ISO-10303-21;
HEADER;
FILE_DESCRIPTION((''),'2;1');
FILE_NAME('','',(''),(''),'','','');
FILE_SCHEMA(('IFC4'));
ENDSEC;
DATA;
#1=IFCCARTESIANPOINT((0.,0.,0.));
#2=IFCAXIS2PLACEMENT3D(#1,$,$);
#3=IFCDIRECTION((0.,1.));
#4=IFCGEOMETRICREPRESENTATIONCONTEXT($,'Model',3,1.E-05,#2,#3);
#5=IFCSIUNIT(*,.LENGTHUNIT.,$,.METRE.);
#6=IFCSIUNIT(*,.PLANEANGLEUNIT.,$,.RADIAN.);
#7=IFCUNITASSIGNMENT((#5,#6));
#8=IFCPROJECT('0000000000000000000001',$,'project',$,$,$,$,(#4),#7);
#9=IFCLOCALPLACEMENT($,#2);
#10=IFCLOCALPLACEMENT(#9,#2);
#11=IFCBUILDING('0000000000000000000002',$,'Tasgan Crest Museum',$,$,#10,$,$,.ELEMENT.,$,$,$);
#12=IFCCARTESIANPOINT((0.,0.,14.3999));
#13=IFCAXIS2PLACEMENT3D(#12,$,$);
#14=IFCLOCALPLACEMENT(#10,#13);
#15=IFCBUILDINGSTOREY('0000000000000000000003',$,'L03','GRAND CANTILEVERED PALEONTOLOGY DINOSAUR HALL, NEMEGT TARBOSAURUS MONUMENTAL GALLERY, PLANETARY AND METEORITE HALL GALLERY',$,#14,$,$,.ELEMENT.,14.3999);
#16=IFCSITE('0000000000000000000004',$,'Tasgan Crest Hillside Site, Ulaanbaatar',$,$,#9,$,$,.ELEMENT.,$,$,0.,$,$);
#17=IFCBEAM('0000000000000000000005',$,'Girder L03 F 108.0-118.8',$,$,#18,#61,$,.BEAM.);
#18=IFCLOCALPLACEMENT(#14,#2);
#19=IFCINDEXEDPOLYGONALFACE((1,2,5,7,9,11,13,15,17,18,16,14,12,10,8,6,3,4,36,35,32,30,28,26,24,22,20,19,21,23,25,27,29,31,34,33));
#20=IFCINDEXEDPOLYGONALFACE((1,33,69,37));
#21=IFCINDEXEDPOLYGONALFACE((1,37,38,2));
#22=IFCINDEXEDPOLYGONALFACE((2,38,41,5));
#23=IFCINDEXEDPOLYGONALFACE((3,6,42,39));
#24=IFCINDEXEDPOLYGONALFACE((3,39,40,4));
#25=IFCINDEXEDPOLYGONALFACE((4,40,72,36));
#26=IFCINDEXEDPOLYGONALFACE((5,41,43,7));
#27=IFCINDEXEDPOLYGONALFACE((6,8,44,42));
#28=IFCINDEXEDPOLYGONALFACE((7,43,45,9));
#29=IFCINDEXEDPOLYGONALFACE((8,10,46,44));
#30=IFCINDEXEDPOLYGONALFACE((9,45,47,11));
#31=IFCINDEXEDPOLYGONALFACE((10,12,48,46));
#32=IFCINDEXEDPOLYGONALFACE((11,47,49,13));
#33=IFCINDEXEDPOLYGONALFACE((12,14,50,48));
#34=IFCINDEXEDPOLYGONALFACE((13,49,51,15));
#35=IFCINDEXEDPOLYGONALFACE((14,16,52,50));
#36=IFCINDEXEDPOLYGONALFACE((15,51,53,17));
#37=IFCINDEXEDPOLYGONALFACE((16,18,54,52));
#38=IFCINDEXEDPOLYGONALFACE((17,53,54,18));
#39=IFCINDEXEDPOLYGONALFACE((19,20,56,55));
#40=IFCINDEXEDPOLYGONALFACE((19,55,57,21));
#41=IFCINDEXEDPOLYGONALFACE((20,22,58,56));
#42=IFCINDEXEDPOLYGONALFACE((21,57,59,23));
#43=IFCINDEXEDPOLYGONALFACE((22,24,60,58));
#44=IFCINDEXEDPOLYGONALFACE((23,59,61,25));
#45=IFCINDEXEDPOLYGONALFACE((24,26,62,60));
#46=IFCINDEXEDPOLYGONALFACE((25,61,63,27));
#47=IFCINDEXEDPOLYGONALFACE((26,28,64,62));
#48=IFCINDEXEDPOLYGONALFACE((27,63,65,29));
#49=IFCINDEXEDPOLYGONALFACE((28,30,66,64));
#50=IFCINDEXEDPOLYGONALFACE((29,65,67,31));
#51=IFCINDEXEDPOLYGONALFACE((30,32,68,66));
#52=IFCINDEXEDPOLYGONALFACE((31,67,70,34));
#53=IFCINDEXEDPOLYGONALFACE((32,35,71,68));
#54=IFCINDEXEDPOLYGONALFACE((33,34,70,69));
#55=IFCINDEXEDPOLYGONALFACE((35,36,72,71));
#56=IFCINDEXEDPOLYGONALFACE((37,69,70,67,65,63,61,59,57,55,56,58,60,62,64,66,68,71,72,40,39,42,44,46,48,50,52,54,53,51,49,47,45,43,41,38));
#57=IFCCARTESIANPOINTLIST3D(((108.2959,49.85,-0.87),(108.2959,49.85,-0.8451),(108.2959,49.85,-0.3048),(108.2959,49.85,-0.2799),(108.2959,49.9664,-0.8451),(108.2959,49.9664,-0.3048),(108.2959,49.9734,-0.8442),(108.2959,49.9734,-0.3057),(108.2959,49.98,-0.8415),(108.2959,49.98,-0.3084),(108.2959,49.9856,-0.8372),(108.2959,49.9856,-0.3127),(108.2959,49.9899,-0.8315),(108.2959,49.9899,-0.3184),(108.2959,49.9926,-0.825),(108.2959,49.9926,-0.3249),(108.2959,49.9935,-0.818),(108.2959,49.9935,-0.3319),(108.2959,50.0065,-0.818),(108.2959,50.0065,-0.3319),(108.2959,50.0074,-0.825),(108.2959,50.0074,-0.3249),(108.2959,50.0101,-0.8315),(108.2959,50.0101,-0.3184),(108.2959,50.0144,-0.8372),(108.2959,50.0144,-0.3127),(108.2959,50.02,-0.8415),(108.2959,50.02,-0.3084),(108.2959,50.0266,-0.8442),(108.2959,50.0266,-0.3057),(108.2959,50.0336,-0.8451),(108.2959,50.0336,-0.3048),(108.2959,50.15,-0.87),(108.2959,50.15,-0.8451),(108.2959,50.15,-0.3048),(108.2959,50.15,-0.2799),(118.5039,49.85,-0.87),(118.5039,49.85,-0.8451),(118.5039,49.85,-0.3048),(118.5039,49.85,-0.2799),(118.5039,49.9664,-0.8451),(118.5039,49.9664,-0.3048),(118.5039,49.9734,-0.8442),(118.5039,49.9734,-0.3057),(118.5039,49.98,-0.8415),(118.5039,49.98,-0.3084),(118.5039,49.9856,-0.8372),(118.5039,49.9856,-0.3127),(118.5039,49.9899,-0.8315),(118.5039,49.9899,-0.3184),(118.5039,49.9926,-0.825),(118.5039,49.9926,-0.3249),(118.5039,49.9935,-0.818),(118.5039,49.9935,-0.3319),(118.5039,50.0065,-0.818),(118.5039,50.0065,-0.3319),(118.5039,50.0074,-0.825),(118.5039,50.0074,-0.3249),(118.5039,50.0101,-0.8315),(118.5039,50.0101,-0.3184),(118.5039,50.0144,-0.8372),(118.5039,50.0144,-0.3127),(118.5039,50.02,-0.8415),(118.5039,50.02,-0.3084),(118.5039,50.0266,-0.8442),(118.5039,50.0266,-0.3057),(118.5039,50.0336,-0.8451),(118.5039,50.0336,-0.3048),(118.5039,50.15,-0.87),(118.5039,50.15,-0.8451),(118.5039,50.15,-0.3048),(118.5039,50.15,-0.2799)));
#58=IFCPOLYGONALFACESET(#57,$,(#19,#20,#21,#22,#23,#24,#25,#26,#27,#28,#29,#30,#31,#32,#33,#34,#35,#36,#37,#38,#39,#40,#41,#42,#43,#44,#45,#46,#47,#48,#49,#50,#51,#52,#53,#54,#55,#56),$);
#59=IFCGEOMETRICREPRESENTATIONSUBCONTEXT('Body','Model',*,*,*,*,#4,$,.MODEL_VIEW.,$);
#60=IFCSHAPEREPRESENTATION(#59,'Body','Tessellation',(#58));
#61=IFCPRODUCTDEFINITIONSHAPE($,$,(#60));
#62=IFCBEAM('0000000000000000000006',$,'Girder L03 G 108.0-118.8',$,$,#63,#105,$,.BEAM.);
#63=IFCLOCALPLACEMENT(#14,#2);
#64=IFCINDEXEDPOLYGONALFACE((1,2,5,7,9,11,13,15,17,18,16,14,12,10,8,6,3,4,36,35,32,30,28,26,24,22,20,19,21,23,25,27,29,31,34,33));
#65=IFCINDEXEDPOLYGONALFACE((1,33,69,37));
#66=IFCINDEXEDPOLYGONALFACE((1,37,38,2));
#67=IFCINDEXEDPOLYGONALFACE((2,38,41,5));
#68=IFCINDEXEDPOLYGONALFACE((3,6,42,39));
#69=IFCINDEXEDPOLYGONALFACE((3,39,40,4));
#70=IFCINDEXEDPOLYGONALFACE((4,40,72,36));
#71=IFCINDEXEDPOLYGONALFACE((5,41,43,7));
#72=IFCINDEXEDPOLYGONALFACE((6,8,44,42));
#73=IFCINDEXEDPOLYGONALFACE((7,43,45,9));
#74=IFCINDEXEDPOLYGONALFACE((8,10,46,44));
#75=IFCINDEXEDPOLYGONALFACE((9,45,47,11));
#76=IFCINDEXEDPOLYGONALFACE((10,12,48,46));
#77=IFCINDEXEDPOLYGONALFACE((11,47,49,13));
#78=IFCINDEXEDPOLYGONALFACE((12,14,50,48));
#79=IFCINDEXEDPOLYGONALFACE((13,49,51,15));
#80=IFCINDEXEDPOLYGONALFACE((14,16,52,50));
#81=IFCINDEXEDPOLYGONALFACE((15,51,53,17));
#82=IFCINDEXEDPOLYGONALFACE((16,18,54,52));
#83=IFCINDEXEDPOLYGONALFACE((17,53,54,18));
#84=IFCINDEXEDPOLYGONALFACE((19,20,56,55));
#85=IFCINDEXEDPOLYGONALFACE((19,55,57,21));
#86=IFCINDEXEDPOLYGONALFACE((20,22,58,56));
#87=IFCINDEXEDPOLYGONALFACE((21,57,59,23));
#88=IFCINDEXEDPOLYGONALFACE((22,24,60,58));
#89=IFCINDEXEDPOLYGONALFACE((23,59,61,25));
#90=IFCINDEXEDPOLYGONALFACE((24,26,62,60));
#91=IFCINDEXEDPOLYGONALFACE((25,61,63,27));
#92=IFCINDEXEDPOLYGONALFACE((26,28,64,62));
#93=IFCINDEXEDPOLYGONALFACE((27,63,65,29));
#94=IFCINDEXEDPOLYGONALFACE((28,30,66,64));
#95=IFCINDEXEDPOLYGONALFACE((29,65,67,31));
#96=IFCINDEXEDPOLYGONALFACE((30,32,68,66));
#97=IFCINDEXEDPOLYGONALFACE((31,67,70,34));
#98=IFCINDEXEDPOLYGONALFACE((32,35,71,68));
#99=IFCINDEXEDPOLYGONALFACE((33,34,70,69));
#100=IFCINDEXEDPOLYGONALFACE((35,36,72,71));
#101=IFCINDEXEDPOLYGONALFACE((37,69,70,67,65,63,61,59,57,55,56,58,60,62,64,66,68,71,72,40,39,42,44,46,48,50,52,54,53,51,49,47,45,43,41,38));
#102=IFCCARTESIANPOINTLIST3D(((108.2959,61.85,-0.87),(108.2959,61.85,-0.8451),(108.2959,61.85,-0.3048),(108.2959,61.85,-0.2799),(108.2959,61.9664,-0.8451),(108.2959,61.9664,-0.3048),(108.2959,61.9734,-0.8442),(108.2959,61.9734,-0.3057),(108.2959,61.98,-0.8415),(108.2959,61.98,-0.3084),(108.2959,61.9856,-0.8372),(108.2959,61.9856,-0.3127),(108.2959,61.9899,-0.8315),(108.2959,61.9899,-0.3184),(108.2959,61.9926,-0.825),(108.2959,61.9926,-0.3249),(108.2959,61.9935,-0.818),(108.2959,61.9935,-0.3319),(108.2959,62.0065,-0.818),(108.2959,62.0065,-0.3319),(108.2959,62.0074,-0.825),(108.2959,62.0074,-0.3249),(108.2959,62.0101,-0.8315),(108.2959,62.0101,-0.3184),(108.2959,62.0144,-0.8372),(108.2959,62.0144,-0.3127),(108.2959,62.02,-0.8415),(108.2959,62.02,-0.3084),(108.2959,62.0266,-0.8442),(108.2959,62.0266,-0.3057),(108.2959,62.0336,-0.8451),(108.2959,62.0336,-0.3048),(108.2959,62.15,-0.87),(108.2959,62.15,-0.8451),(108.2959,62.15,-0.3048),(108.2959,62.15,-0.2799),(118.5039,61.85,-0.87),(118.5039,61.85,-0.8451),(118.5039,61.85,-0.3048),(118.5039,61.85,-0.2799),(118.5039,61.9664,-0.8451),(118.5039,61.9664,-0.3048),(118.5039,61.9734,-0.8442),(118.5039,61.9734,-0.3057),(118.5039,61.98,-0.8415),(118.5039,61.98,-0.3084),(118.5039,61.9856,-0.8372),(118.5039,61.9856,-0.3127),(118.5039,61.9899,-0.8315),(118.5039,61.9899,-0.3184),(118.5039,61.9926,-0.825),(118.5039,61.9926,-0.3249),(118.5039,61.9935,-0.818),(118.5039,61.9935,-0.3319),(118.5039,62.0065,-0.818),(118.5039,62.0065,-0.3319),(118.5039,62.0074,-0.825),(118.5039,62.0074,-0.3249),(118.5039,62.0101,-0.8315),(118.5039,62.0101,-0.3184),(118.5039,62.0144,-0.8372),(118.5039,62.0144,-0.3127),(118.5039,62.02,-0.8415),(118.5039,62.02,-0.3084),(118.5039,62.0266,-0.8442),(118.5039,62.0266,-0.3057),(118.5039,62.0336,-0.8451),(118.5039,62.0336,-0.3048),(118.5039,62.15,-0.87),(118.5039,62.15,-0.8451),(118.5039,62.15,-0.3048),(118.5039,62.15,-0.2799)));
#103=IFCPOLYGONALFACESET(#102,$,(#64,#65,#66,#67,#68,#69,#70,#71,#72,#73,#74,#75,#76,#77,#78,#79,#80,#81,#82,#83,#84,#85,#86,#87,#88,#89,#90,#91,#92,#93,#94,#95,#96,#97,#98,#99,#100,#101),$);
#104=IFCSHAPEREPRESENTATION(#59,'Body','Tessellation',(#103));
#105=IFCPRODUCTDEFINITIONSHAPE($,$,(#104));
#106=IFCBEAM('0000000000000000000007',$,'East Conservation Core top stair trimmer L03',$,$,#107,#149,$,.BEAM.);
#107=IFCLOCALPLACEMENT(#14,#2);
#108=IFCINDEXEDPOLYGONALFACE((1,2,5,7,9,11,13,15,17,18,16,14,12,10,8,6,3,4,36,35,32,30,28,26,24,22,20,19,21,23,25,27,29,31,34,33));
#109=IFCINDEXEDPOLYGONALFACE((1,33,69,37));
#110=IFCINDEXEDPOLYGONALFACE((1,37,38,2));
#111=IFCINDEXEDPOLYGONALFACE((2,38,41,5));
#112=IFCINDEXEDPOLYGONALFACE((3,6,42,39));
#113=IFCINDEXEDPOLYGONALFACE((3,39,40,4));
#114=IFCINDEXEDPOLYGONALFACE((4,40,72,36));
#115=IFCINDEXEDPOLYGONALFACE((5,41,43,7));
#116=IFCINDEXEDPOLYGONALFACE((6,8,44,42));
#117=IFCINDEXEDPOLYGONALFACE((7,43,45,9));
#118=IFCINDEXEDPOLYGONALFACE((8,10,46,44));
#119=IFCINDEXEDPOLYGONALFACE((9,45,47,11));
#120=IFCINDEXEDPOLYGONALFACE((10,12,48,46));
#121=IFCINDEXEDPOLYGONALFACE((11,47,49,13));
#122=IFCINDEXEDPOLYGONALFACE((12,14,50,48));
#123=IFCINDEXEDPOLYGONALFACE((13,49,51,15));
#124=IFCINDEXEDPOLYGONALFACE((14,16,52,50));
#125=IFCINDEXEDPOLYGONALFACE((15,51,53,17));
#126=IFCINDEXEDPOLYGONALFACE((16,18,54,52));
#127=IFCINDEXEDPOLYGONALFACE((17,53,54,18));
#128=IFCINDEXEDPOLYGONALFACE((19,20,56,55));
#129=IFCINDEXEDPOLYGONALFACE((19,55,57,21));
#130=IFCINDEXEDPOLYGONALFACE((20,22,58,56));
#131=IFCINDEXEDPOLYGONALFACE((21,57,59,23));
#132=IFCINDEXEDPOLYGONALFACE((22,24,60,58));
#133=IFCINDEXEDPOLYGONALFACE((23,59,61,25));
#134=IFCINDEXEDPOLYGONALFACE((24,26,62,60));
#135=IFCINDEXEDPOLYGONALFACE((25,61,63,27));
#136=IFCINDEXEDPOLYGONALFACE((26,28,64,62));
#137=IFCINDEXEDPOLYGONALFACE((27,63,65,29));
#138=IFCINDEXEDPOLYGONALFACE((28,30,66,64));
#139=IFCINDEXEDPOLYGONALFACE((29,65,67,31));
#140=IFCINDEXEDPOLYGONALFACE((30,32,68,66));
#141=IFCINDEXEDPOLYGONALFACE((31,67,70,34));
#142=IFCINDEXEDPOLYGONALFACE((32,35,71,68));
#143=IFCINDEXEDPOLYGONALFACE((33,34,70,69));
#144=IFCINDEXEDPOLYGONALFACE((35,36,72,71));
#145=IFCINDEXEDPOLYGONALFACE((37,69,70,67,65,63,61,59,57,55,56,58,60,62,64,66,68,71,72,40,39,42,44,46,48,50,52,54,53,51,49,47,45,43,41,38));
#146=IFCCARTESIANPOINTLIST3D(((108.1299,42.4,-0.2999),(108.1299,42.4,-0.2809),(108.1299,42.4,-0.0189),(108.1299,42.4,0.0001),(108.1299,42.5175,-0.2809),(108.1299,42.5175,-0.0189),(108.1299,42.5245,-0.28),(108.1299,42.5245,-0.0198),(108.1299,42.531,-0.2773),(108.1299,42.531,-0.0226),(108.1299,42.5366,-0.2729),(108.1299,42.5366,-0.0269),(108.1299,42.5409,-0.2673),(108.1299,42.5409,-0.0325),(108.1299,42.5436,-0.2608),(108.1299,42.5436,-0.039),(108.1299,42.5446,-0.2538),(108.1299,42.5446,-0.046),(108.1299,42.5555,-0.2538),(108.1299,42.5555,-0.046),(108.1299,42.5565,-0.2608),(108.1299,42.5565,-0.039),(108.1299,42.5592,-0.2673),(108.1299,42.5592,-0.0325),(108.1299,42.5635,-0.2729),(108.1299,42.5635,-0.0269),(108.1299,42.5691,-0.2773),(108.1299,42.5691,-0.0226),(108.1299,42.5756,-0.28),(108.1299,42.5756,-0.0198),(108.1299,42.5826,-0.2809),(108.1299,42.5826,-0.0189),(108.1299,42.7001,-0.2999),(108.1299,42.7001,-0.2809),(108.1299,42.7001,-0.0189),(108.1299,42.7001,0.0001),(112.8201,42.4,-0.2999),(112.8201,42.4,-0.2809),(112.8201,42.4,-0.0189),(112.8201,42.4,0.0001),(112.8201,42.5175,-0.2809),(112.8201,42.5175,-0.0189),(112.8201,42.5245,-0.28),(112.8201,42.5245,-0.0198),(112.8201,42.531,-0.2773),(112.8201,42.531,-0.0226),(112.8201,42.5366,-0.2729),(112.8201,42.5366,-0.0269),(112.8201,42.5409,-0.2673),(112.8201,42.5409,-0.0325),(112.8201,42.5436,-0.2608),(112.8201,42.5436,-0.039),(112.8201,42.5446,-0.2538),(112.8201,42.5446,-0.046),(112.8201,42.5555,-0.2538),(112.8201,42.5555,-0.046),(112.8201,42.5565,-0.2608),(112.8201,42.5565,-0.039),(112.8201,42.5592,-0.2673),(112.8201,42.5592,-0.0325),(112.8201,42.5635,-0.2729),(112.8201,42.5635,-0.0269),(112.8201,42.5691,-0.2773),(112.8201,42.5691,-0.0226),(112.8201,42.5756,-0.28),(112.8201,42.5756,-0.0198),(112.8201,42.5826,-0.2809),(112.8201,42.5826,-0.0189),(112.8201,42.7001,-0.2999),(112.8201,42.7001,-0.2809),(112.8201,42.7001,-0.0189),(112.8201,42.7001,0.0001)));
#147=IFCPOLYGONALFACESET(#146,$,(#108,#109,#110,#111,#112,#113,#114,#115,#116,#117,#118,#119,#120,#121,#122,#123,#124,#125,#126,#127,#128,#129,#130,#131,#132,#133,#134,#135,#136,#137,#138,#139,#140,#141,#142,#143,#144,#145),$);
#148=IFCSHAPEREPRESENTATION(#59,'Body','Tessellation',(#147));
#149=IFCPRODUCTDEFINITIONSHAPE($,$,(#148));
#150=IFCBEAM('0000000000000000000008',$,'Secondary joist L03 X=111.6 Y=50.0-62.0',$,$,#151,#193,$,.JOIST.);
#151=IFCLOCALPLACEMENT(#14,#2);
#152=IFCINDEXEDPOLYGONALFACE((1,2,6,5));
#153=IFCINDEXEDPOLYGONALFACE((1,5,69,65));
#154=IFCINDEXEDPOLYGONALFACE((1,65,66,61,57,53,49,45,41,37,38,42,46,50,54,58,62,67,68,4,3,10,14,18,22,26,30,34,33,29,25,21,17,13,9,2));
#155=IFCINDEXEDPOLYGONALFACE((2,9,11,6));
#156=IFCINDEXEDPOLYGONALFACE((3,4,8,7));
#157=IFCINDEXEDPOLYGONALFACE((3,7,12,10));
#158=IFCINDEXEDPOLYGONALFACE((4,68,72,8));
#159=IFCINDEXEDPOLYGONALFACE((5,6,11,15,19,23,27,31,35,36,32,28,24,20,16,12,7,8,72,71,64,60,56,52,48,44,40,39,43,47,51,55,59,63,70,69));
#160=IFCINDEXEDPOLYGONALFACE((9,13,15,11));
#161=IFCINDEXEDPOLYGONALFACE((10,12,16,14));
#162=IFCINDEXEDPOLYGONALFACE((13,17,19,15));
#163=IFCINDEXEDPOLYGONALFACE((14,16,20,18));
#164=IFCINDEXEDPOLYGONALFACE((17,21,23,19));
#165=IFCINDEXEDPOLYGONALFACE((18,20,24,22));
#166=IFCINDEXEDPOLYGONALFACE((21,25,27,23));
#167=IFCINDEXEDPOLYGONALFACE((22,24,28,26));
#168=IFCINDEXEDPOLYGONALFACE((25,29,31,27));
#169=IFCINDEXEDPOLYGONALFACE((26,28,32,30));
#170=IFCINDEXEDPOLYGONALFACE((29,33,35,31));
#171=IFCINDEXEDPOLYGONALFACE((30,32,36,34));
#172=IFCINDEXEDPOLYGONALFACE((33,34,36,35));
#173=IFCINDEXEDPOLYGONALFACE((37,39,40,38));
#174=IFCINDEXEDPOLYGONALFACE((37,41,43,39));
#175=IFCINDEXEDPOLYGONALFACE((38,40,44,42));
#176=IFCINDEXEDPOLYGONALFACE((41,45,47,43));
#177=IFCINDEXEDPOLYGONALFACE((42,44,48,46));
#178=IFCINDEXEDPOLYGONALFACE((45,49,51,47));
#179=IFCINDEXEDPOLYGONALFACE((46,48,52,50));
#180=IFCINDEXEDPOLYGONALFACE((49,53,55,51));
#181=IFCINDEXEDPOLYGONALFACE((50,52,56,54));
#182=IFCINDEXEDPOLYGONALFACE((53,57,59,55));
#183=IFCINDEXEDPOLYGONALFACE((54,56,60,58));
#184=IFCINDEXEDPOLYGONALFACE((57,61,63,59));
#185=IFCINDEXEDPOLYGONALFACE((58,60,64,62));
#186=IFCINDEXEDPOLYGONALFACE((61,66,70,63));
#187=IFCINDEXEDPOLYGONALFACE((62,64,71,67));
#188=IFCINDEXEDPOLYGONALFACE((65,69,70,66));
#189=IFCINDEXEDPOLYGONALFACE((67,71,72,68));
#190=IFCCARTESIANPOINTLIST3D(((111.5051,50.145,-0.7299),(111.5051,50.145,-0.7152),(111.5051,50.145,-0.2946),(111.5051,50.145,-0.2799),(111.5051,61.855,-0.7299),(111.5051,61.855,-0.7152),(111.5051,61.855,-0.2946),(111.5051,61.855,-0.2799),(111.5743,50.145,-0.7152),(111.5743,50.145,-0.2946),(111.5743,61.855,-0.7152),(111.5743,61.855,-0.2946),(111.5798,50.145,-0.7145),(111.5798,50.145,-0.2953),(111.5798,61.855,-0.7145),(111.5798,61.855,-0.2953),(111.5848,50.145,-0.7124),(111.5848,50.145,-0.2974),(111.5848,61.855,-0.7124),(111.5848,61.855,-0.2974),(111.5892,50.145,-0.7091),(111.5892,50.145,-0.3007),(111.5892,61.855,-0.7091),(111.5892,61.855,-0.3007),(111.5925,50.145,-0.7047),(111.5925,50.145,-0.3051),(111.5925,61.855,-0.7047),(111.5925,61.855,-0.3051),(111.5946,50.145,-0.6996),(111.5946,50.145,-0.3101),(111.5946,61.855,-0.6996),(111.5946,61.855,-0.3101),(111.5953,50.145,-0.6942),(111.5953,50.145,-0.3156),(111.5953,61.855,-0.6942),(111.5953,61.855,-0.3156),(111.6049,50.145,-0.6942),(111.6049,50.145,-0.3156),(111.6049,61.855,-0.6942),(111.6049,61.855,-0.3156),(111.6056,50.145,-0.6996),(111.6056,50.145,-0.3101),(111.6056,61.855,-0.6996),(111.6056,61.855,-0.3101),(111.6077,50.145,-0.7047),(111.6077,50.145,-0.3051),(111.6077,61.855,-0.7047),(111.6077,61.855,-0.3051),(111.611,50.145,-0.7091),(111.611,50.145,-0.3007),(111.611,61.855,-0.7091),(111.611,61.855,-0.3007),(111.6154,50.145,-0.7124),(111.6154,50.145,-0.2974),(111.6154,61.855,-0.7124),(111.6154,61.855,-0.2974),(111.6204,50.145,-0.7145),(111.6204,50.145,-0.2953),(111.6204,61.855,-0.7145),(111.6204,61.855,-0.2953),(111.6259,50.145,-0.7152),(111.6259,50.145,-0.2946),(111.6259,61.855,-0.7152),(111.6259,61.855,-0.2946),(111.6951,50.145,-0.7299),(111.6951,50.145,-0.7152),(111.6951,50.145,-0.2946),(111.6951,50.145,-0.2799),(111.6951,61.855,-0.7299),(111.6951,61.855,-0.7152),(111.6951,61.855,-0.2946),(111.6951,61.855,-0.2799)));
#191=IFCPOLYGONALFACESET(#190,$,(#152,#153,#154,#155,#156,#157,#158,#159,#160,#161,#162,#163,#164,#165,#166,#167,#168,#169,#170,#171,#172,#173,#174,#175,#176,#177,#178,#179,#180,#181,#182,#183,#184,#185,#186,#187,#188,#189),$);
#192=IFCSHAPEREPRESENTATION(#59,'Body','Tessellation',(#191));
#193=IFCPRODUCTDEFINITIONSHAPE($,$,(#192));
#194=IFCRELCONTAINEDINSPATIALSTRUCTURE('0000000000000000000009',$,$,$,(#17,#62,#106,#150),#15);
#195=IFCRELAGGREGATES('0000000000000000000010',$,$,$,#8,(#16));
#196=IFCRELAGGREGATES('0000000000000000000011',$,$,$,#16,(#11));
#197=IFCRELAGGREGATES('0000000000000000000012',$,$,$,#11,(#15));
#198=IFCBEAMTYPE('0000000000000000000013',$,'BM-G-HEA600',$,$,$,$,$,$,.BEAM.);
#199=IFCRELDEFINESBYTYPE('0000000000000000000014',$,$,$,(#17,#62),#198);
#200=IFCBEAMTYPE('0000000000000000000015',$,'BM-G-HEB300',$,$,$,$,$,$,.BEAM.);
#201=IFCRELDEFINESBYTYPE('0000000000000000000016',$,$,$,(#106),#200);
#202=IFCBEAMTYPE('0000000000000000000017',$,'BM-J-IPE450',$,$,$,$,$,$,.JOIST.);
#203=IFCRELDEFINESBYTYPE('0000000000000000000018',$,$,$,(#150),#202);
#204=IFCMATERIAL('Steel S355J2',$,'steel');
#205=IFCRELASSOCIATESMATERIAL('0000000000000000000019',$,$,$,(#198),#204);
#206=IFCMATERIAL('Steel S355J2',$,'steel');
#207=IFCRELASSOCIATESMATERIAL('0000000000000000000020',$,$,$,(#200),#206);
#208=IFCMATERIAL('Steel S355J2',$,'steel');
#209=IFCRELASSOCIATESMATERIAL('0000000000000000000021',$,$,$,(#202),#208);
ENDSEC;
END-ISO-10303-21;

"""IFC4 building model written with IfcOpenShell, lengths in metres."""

from ifc_helpers import new_model, si_unit, direction, frame, origin, origin_2d, place, context, subcontext, project, spatial, i_section, extrude, material, material_profile, profile_set, type_object, element, save


model = new_model("IFC4")

# Units and contexts
model_context = context("Model", 3, precision=1e-05, world=origin(), true_north=direction((0.0, 1.0)))
body_context = subcontext(model_context, "Body", "Model", "MODEL_VIEW")
ifc_project = project(units=[si_unit("LENGTHUNIT", "METRE"), si_unit("PLANEANGLEUNIT", "RADIAN")], contexts=[model_context])

# Site, building, storey
site_placement = place(None, origin())
site = spatial("IfcSite", under=ifc_project, at=site_placement, Name="Tasgan Crest Hillside Site, Ulaanbaatar", CompositionType="ELEMENT", RefElevation=0.0)
building_placement = place(site_placement, origin())
building = spatial("IfcBuilding", under=site, at=building_placement, Name="Tasgan Crest Museum", CompositionType="ELEMENT")
storey_placement = place(building_placement, frame((0.0, 0.0, 14.3999)))
storey = spatial("IfcBuildingStorey", under=building, at=storey_placement, Name="L03", Description="GRAND CANTILEVERED PALEONTOLOGY DINOSAUR HALL, NEMEGT TARBOSAURUS MONUMENTAL GALLERY, PLANETARY AND METEORITE HALL GALLERY", CompositionType="ELEMENT", Elevation=14.3999)

# Beams
ifc_material_1 = material(Name="Steel S355J2", Category="steel")
ifc_material_profile_1 = material_profile(ifc_material_1, i_section(OverallWidth=0.3, OverallDepth=0.5901, WebThickness=0.0129, FlangeThickness=0.0249, FilletRadius=0.0271, at=origin_2d()), Name="HEA 600")
ifc_profile_set_1 = profile_set([ifc_material_profile_1], Name="Steel S355J2")
beam_type_1 = type_object("IfcBeamType", Name="BM-G-HEA600", PredefinedType="BEAM", material=ifc_profile_set_1)
for number, where, z_axis, x_axis, name in (
    (1, (108.2959, 50.0, -0.575), (1.0, 0.0, 0.0), (0.0, 1.0, 0.0), "Girder L03 F 108.0-118.8"),
    (2, (108.2959, 62.0, -0.575), (1.0, 0.0, 0.0), (0.0, 1.0, 0.0), "Girder L03 G 108.0-118.8"),
):
    element("IfcBeam", number, at=place(storey_placement, frame(where, z_axis=z_axis, x_axis=x_axis)), inside=storey, type_object=beam_type_1, Name=name, PredefinedType="BEAM", context=body_context, shape_type="SweptSolid", body=[
        extrude(i_section(OverallWidth=0.3, OverallDepth=0.5901, WebThickness=0.0129, FlangeThickness=0.0249, FilletRadius=0.0271, at=origin_2d()), origin(), (0.0, 0.0, 1.0), 10.208),
    ])
ifc_material_2 = material(Name="Steel S355J2", Category="steel")
ifc_material_profile_2 = material_profile(ifc_material_2, i_section(OverallWidth=0.3, OverallDepth=0.3, WebThickness=0.011, FlangeThickness=0.019, FilletRadius=0.0271, at=origin_2d()), Name="HEB 300")
ifc_profile_set_2 = profile_set([ifc_material_profile_2], Name="Steel S355J2")
beam_type_2 = type_object("IfcBeamType", Name="BM-G-HEB300", PredefinedType="BEAM", material=ifc_profile_set_2)
beam_1_placement = place(storey_placement, frame((108.1299, 42.55, -0.1499), z_axis=(1.0, 0.0, 0.0), x_axis=(0.0, 1.0, 0.0)))
element("IfcBeam", 3, at=beam_1_placement, inside=storey, type_object=beam_type_2, Name="East Conservation Core top stair trimmer L03", PredefinedType="BEAM", context=body_context, shape_type="SweptSolid", body=[
    extrude(i_section(OverallWidth=0.3, OverallDepth=0.3, WebThickness=0.011, FlangeThickness=0.019, FilletRadius=0.0271, at=origin_2d()), origin(), (0.0, 0.0, 1.0), 4.6902),
])
ifc_material_3 = material(Name="Steel S355J2", Category="steel")
ifc_material_profile_3 = material_profile(ifc_material_3, i_section(OverallWidth=0.1899, OverallDepth=0.45, WebThickness=0.0095, FlangeThickness=0.0146, FilletRadius=0.021, at=origin_2d()), Name="IPE 450")
ifc_profile_set_3 = profile_set([ifc_material_profile_3], Name="Steel S355J2")
beam_type_3 = type_object("IfcBeamType", Name="BM-J-IPE450", PredefinedType="JOIST", material=ifc_profile_set_3)
beam_2_placement = place(storey_placement, frame((111.6001, 50.145, -0.5049), z_axis=(0.0, 1.0, 0.0), x_axis=(-1.0, 0.0, 0.0)))
element("IfcBeam", 4, at=beam_2_placement, inside=storey, type_object=beam_type_3, Name="Secondary joist L03 X=111.6 Y=50.0-62.0", PredefinedType="JOIST", context=body_context, shape_type="SweptSolid", body=[
    extrude(i_section(OverallWidth=0.1899, OverallDepth=0.45, WebThickness=0.0095, FlangeThickness=0.0146, FilletRadius=0.021, at=origin_2d()), origin(), (0.0, 0.0, 1.0), 11.71),
])

save(model, "model.ifc")
